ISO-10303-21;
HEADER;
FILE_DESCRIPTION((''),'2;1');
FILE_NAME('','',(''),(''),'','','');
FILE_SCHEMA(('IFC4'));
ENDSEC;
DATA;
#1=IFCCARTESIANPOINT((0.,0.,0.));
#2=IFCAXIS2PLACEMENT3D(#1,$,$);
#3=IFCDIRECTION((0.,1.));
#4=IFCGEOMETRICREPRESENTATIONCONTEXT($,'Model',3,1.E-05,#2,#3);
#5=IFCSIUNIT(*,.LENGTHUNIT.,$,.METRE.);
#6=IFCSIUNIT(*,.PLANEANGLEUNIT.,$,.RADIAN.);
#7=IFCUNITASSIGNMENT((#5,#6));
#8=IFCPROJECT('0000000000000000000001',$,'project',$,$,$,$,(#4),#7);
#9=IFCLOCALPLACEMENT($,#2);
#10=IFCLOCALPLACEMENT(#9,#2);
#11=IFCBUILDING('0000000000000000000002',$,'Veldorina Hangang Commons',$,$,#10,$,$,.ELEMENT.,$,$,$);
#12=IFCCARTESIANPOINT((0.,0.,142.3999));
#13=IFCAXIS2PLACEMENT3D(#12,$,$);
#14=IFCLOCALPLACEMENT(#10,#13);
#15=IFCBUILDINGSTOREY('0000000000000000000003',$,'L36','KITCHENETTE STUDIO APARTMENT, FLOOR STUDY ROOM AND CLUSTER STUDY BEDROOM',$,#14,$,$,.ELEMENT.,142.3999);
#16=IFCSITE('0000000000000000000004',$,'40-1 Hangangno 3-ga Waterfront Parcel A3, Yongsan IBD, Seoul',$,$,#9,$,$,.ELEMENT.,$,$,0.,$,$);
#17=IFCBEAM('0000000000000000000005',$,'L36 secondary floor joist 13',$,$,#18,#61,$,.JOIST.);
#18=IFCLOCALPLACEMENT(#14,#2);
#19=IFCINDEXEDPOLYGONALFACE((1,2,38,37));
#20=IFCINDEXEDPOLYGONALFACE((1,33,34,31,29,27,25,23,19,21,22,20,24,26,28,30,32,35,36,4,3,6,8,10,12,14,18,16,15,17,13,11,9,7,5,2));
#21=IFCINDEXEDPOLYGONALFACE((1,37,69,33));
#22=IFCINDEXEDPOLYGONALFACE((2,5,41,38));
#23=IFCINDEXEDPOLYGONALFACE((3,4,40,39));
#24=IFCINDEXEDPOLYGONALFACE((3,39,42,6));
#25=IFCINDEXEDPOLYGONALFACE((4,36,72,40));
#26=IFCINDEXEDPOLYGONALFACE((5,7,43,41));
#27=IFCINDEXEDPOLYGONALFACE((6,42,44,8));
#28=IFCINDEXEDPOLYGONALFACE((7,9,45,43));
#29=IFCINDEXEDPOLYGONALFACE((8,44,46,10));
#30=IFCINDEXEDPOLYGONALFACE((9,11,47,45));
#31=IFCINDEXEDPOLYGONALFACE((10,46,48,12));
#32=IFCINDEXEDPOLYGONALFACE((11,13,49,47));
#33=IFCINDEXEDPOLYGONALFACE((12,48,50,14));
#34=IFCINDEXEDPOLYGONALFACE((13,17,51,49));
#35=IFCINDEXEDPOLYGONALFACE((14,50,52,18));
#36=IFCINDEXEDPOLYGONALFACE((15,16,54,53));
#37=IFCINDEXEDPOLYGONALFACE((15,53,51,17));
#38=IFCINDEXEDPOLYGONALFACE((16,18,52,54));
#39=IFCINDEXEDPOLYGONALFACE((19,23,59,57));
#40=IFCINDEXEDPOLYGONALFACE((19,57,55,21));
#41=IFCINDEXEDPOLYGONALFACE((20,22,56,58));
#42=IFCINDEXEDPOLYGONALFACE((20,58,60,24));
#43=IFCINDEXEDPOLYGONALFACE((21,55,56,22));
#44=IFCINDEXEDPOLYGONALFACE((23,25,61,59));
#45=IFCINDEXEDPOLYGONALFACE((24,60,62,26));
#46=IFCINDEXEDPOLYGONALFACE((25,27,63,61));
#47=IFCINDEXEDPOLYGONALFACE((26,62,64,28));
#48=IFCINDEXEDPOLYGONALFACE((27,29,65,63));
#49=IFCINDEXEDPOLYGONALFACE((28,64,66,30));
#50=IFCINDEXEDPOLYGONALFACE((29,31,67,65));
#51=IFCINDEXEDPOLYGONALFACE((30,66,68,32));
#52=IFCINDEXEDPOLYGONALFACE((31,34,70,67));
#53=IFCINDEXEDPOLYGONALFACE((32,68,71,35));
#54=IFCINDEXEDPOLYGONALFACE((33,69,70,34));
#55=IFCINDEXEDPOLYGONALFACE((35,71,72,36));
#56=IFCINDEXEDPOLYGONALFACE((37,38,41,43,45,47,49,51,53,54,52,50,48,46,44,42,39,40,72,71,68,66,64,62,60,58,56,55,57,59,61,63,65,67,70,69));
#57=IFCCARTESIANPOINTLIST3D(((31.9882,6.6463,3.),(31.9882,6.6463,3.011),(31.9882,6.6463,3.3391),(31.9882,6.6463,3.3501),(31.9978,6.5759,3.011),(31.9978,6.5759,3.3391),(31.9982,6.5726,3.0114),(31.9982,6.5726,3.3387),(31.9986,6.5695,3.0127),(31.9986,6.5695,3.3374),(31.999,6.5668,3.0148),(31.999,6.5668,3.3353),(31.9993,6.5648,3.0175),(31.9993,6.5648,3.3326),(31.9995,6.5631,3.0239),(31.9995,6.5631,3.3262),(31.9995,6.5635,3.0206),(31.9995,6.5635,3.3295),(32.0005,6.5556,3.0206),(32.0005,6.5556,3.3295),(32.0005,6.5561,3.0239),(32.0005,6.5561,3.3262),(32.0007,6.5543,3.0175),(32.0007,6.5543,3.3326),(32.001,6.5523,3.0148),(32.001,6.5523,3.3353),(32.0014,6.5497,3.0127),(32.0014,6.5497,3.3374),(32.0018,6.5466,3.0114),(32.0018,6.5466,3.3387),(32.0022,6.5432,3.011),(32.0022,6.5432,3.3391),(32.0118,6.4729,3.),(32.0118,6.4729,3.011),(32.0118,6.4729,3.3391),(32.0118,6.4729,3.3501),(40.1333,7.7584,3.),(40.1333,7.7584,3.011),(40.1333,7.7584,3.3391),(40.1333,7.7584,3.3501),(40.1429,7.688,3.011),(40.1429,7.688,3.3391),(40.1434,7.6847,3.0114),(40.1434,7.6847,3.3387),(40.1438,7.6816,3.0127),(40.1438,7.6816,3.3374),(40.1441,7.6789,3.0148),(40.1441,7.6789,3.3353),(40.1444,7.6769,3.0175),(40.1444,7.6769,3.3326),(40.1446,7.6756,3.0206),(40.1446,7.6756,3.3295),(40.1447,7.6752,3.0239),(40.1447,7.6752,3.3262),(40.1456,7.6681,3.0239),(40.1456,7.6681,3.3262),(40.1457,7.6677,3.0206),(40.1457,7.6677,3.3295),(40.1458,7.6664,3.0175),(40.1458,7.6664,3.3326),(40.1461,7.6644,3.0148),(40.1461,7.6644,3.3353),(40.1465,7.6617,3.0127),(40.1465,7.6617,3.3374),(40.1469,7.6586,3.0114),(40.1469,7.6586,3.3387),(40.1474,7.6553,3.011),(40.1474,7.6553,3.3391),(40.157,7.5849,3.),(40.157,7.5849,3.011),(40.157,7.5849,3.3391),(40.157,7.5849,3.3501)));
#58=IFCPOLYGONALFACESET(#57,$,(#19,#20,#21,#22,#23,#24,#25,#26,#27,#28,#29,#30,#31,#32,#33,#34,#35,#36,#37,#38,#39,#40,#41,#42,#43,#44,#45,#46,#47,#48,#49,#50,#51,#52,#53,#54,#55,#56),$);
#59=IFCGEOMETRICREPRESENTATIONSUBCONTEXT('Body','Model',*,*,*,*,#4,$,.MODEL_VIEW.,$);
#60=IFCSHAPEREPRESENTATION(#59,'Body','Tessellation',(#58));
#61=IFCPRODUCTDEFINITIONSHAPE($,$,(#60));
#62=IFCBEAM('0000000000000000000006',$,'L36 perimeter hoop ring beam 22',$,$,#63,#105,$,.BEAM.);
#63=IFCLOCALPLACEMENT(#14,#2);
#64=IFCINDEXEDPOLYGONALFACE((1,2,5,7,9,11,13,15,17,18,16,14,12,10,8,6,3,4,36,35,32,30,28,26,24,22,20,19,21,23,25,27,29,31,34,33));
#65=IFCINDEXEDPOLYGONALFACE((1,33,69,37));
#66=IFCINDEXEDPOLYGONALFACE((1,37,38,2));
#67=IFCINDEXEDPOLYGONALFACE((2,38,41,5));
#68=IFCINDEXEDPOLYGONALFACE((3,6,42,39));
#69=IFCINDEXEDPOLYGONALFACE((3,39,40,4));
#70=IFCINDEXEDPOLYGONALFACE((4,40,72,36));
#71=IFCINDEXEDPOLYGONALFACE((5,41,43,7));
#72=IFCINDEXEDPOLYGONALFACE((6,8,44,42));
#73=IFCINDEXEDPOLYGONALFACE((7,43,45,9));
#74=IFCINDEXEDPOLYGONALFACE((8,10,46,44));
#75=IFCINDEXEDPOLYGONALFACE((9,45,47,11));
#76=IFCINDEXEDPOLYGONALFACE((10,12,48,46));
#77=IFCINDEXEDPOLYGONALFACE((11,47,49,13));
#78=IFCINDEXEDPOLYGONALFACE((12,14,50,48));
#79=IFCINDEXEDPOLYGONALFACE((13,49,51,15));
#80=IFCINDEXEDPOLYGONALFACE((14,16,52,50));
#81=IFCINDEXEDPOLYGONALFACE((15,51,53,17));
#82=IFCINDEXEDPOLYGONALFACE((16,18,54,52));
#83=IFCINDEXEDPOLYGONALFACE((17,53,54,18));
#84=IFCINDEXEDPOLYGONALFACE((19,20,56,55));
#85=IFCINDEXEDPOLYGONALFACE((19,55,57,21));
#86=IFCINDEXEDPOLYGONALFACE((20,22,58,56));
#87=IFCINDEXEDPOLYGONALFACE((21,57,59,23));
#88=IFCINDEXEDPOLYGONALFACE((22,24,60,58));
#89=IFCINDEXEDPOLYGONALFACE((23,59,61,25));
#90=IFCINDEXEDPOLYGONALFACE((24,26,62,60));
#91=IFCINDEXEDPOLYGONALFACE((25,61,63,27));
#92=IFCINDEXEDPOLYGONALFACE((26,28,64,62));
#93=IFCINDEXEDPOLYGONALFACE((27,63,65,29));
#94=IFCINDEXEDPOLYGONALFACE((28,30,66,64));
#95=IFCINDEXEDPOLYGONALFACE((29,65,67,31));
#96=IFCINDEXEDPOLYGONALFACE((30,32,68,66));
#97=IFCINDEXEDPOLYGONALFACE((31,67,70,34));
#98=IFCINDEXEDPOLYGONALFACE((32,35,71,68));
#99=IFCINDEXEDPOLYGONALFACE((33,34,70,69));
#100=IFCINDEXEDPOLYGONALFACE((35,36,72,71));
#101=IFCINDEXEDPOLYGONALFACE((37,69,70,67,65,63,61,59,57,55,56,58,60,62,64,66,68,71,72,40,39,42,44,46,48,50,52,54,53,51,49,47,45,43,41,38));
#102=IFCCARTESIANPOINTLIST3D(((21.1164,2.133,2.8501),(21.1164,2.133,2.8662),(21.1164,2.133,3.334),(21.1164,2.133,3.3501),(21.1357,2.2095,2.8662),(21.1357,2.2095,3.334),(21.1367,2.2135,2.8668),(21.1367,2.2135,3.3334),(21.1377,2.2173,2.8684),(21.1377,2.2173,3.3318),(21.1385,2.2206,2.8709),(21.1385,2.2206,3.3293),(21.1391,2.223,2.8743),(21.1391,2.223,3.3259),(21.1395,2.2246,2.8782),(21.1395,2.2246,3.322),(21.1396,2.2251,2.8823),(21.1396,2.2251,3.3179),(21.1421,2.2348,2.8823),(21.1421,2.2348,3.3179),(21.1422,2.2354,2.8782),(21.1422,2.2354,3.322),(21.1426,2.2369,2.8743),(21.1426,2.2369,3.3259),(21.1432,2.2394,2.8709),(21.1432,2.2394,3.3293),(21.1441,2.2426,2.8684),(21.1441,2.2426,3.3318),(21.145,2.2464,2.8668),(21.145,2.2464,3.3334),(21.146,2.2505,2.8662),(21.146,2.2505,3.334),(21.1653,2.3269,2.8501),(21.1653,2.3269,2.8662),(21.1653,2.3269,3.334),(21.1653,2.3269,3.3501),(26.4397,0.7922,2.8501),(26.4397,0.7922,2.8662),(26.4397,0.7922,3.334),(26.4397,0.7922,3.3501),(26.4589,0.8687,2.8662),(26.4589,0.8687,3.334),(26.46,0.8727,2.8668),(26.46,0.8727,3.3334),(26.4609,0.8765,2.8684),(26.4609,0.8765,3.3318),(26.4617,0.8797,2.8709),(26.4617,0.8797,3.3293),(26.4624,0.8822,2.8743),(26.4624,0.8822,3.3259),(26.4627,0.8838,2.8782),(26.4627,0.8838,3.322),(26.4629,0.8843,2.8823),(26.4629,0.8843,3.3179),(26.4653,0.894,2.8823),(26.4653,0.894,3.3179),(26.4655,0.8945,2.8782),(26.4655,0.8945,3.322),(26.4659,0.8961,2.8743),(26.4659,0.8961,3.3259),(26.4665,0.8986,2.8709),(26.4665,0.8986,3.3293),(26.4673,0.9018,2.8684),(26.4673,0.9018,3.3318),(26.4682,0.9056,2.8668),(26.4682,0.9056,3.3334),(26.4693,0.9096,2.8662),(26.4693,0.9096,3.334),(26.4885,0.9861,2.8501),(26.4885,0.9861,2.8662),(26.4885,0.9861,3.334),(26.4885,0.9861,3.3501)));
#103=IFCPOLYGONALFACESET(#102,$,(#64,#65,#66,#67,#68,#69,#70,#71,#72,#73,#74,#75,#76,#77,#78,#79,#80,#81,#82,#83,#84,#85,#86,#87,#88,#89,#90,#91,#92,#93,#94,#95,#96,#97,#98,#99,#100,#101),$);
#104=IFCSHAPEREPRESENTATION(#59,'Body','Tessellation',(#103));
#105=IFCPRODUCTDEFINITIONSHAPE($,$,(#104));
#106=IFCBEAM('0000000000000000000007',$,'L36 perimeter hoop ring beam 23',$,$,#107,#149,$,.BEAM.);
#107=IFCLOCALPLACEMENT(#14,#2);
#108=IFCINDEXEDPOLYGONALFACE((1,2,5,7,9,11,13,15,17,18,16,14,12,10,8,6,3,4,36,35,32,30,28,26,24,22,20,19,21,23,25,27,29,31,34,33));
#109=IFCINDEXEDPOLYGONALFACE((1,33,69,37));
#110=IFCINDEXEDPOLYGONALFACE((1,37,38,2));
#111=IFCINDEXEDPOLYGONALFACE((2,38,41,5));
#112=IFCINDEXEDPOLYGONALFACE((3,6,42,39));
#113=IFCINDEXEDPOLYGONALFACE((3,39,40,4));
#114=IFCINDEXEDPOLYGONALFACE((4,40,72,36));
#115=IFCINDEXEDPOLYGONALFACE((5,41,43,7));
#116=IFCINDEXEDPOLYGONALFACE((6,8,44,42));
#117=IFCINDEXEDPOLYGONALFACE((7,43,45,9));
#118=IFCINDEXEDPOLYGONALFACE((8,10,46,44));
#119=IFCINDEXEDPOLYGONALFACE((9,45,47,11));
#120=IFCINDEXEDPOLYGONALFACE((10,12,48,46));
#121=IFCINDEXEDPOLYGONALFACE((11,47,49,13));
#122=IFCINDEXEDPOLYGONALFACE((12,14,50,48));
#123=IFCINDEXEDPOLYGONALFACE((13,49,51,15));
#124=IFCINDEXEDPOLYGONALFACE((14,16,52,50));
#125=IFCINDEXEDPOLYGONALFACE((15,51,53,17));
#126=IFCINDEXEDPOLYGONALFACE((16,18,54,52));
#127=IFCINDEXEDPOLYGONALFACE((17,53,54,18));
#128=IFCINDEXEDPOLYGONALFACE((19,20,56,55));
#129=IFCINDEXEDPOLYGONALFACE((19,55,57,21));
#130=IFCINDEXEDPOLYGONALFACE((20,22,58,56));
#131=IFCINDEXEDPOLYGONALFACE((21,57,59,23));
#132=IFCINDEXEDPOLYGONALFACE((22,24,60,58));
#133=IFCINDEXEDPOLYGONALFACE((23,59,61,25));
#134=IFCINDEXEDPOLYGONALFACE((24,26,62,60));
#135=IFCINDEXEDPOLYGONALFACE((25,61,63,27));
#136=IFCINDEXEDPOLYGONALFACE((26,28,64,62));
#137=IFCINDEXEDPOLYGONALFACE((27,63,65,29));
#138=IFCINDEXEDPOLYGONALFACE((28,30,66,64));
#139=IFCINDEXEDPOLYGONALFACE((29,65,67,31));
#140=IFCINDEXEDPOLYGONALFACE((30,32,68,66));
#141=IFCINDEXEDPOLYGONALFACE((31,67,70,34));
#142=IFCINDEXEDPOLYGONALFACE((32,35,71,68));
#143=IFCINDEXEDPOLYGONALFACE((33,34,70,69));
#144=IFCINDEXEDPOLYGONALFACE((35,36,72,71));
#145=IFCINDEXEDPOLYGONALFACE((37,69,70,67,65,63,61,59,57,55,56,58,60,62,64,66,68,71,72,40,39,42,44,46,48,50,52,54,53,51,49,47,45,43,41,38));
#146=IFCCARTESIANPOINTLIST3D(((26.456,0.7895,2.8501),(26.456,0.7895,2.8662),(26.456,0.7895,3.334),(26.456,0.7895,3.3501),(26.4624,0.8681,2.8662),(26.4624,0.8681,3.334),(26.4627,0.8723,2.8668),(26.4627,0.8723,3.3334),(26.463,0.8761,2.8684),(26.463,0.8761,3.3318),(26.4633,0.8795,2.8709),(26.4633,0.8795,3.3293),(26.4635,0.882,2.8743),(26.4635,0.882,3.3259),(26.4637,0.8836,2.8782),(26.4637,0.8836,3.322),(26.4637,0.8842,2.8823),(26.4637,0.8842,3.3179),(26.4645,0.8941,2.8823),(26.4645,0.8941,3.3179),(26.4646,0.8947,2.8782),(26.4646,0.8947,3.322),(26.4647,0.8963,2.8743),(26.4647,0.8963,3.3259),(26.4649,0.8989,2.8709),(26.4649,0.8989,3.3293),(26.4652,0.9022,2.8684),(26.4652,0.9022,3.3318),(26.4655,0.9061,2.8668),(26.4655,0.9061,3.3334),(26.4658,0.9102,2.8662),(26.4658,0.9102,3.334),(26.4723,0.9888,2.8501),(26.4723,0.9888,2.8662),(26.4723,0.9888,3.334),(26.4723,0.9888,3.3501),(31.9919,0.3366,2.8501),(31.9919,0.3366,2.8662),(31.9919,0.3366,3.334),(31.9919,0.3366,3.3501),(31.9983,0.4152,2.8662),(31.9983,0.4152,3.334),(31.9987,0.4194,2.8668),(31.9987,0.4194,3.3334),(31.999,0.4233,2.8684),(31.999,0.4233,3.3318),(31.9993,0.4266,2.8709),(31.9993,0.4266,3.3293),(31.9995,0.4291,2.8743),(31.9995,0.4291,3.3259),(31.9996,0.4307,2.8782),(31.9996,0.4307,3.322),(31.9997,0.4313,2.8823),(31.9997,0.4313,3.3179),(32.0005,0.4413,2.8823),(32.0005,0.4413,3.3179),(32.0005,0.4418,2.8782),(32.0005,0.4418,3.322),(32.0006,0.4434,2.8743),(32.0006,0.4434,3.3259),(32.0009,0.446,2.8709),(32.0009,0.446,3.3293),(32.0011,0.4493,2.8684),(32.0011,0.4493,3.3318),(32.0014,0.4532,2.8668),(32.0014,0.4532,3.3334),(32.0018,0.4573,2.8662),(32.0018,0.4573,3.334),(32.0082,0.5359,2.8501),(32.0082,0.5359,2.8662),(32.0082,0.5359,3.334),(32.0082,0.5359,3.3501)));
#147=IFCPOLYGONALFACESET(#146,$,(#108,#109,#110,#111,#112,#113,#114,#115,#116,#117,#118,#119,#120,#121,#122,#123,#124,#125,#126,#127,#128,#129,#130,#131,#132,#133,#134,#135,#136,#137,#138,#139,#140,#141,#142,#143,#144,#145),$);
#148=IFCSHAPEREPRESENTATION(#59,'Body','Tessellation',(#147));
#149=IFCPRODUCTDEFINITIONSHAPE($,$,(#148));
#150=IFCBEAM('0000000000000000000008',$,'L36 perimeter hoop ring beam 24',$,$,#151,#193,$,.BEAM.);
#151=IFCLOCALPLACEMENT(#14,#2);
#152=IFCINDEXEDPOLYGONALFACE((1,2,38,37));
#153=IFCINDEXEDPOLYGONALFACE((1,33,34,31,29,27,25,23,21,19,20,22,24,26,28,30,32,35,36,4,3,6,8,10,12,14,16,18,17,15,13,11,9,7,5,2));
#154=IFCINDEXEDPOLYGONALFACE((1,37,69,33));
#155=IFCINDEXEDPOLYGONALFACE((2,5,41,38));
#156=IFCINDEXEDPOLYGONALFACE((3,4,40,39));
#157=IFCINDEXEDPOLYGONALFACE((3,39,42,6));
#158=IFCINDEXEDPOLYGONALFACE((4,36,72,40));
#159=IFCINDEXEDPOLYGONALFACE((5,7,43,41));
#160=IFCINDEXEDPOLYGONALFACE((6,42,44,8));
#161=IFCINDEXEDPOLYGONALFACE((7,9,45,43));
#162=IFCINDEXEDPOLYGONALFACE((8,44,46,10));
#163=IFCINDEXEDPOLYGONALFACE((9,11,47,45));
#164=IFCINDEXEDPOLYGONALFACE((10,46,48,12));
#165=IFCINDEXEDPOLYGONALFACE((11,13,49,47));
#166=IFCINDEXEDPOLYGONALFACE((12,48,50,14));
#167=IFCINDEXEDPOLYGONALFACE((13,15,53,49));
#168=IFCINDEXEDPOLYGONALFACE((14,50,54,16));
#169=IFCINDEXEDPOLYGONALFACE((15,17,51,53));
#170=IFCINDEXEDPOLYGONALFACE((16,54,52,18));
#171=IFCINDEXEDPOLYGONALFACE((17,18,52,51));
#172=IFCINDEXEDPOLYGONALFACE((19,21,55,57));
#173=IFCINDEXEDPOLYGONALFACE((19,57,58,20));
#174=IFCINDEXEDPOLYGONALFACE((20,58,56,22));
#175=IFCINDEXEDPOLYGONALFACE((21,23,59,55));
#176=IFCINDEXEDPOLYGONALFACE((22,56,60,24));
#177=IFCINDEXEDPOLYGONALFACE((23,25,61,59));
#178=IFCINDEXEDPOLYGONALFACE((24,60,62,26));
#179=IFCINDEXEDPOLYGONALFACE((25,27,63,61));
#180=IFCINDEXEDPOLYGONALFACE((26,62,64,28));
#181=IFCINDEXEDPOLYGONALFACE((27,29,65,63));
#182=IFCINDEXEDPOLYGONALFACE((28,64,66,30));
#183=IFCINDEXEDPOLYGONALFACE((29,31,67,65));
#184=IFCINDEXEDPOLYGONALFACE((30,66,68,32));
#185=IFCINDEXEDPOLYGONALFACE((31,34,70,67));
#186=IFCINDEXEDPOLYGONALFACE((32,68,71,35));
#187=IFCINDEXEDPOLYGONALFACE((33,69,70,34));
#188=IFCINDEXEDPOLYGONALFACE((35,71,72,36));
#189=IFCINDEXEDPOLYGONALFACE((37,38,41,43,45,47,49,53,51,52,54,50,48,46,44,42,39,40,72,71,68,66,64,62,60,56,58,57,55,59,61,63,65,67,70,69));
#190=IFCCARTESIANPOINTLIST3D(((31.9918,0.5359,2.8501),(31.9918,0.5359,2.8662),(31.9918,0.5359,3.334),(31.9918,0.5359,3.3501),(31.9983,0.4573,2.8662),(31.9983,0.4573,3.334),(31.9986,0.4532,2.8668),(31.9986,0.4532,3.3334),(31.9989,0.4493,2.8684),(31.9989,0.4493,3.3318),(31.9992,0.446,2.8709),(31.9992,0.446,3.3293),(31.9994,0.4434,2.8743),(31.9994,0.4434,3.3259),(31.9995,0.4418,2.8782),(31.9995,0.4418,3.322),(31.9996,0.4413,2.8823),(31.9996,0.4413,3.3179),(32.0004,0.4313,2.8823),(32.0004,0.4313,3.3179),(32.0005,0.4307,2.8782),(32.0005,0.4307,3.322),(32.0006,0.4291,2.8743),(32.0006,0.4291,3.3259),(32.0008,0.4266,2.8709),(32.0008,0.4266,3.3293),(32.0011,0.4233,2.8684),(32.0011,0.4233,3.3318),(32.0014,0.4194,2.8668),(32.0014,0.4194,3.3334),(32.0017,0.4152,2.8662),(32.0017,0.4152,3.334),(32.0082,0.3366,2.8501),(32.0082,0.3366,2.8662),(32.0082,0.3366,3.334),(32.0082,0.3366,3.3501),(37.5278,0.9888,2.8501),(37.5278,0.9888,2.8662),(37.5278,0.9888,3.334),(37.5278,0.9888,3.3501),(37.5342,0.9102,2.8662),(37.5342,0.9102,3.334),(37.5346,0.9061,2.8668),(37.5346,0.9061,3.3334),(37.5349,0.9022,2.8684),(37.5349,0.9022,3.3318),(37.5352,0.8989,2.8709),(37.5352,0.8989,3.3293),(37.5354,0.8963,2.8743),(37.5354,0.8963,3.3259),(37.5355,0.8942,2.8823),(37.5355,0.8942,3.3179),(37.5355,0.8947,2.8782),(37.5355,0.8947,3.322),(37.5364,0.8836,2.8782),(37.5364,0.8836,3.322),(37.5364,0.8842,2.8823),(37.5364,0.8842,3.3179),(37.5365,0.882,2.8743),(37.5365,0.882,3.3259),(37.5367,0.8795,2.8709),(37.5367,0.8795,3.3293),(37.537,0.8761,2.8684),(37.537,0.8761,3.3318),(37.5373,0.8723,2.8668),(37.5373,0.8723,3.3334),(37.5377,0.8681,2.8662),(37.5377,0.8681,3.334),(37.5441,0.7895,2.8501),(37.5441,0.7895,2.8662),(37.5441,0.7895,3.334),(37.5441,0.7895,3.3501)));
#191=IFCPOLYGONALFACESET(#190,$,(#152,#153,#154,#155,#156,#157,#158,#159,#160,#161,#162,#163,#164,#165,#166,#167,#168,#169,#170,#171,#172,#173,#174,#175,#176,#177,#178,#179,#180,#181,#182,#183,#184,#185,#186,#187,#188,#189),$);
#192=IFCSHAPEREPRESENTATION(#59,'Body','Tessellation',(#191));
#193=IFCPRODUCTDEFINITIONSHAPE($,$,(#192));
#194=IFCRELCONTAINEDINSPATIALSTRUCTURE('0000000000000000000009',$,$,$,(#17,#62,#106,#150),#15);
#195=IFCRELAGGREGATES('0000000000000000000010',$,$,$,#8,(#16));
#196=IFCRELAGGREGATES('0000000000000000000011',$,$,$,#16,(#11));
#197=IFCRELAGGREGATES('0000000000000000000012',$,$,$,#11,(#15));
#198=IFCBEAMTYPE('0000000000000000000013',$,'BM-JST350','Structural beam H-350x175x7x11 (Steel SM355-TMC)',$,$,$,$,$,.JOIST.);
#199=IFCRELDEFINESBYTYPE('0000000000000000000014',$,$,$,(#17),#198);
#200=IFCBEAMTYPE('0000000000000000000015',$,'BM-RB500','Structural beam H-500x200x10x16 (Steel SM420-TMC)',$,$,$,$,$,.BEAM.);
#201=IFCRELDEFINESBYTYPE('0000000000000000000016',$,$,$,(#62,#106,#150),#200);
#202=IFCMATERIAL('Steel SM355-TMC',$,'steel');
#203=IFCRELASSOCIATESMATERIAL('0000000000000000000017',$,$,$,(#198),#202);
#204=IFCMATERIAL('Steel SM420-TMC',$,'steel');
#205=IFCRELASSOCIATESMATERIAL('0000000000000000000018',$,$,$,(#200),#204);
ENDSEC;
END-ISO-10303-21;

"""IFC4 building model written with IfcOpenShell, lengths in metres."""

from ifc_helpers import new_model, si_unit, direction, frame, origin, origin_2d, place, context, subcontext, project, spatial, i_section, extrude, material, material_profile, profile_set, type_object, element, save


model = new_model("IFC4")

# Units and contexts
model_context = context("Model", 3, precision=1e-05, world=origin(), true_north=direction((0.0, 1.0)))
body_context = subcontext(model_context, "Body", "Model", "MODEL_VIEW")
ifc_project = project(units=[si_unit("LENGTHUNIT", "METRE"), si_unit("PLANEANGLEUNIT", "RADIAN")], contexts=[model_context])

# Site, building, storey
site_placement = place(None, origin())
site = spatial("IfcSite", under=ifc_project, at=site_placement, Name="40-1 Hangangno 3-ga Waterfront Parcel A3, Yongsan IBD, Seoul", CompositionType="ELEMENT", RefElevation=0.0)
building_placement = place(site_placement, origin())
building = spatial("IfcBuilding", under=site, at=building_placement, Name="Veldorina Hangang Commons", CompositionType="ELEMENT")
storey_placement = place(building_placement, frame((0.0, 0.0, 142.3999)))
storey = spatial("IfcBuildingStorey", under=building, at=storey_placement, Name="L36", Description="KITCHENETTE STUDIO APARTMENT, FLOOR STUDY ROOM AND CLUSTER STUDY BEDROOM", CompositionType="ELEMENT", Elevation=142.3999)

# Beams
ifc_material_1 = material(Name="Steel SM355-TMC", Category="steel")
ifc_material_profile_1 = material_profile(ifc_material_1, i_section(OverallWidth=0.175, OverallDepth=0.3501, WebThickness=0.0071, FlangeThickness=0.011, FilletRadius=0.0129, at=origin_2d()), Name="H-350x175x7x11")
ifc_profile_set_1 = profile_set([ifc_material_profile_1], Name="Steel SM355-TMC")
beam_type_1 = type_object("IfcBeamType", Name="BM-JST350", Description="Structural beam H-350x175x7x11 (Steel SM355-TMC)", PredefinedType="JOIST", material=ifc_profile_set_1)
beam_1_placement = place(storey_placement, frame((32.0, 6.5596, 3.175), z_axis=(0.990808, 0.135278, 0.0), x_axis=(-0.135278, 0.990808, 0.0)))
element("IfcBeam", 1, at=beam_1_placement, inside=storey, type_object=beam_type_1, Name="L36 secondary floor joist 13", PredefinedType="JOIST", context=body_context, shape_type="SweptSolid", body=[
    extrude(i_section(OverallWidth=0.175, OverallDepth=0.3501, WebThickness=0.0071, FlangeThickness=0.011, FilletRadius=0.0129, at=origin_2d()), origin(), (0.0, 0.0, 1.0), 8.2207),
])
ifc_material_2 = material(Name="Steel SM420-TMC", Category="steel")
ifc_material_profile_2 = material_profile(ifc_material_2, i_section(OverallWidth=0.2, OverallDepth=0.5, WebThickness=0.01, FlangeThickness=0.0161, FilletRadius=0.0161, at=origin_2d()), Name="H-500x200x10x16")
ifc_profile_set_2 = profile_set([ifc_material_profile_2], Name="Steel SM420-TMC")
beam_type_2 = type_object("IfcBeamType", Name="BM-RB500", Description="Structural beam H-500x200x10x16 (Steel SM420-TMC)", PredefinedType="BEAM", material=ifc_profile_set_2)
beam_2_placement = place(storey_placement, frame((21.1409, 2.23, 3.1001), z_axis=(0.969712, -0.244251, 0.0), x_axis=(0.244251, 0.969712, 0.0)))
element("IfcBeam", 2, at=beam_2_placement, inside=storey, type_object=beam_type_2, Name="L36 perimeter hoop ring beam 22", PredefinedType="BEAM", context=body_context, shape_type="SweptSolid", body=[
    extrude(i_section(OverallWidth=0.2, OverallDepth=0.5, WebThickness=0.01, FlangeThickness=0.0161, FilletRadius=0.0161, at=origin_2d()), origin(), (0.0, 0.0, 1.0), 5.4895),
])
for number, where, z_axis, x_axis, name in (
    (3, (26.4641, 0.8892, 3.1001), (0.99667, -0.081536, 0.0), (0.081536, 0.99667, 0.0), "L36 perimeter hoop ring beam 23"),
    (4, (32.0, 0.4363, 3.1001), (0.99667, 0.081536, 0.0), (-0.081536, 0.99667, 0.0), "L36 perimeter hoop ring beam 24"),
):
    element("IfcBeam", number, at=place(storey_placement, frame(where, z_axis=z_axis, x_axis=x_axis)), inside=storey, type_object=beam_type_2, Name=name, PredefinedType="BEAM", context=body_context, shape_type="SweptSolid", body=[
        extrude(i_section(OverallWidth=0.2, OverallDepth=0.5, WebThickness=0.01, FlangeThickness=0.0161, FilletRadius=0.0161, at=origin_2d()), origin(), (0.0, 0.0, 1.0), 5.5544),
    ])

save(model, "model.ifc")
